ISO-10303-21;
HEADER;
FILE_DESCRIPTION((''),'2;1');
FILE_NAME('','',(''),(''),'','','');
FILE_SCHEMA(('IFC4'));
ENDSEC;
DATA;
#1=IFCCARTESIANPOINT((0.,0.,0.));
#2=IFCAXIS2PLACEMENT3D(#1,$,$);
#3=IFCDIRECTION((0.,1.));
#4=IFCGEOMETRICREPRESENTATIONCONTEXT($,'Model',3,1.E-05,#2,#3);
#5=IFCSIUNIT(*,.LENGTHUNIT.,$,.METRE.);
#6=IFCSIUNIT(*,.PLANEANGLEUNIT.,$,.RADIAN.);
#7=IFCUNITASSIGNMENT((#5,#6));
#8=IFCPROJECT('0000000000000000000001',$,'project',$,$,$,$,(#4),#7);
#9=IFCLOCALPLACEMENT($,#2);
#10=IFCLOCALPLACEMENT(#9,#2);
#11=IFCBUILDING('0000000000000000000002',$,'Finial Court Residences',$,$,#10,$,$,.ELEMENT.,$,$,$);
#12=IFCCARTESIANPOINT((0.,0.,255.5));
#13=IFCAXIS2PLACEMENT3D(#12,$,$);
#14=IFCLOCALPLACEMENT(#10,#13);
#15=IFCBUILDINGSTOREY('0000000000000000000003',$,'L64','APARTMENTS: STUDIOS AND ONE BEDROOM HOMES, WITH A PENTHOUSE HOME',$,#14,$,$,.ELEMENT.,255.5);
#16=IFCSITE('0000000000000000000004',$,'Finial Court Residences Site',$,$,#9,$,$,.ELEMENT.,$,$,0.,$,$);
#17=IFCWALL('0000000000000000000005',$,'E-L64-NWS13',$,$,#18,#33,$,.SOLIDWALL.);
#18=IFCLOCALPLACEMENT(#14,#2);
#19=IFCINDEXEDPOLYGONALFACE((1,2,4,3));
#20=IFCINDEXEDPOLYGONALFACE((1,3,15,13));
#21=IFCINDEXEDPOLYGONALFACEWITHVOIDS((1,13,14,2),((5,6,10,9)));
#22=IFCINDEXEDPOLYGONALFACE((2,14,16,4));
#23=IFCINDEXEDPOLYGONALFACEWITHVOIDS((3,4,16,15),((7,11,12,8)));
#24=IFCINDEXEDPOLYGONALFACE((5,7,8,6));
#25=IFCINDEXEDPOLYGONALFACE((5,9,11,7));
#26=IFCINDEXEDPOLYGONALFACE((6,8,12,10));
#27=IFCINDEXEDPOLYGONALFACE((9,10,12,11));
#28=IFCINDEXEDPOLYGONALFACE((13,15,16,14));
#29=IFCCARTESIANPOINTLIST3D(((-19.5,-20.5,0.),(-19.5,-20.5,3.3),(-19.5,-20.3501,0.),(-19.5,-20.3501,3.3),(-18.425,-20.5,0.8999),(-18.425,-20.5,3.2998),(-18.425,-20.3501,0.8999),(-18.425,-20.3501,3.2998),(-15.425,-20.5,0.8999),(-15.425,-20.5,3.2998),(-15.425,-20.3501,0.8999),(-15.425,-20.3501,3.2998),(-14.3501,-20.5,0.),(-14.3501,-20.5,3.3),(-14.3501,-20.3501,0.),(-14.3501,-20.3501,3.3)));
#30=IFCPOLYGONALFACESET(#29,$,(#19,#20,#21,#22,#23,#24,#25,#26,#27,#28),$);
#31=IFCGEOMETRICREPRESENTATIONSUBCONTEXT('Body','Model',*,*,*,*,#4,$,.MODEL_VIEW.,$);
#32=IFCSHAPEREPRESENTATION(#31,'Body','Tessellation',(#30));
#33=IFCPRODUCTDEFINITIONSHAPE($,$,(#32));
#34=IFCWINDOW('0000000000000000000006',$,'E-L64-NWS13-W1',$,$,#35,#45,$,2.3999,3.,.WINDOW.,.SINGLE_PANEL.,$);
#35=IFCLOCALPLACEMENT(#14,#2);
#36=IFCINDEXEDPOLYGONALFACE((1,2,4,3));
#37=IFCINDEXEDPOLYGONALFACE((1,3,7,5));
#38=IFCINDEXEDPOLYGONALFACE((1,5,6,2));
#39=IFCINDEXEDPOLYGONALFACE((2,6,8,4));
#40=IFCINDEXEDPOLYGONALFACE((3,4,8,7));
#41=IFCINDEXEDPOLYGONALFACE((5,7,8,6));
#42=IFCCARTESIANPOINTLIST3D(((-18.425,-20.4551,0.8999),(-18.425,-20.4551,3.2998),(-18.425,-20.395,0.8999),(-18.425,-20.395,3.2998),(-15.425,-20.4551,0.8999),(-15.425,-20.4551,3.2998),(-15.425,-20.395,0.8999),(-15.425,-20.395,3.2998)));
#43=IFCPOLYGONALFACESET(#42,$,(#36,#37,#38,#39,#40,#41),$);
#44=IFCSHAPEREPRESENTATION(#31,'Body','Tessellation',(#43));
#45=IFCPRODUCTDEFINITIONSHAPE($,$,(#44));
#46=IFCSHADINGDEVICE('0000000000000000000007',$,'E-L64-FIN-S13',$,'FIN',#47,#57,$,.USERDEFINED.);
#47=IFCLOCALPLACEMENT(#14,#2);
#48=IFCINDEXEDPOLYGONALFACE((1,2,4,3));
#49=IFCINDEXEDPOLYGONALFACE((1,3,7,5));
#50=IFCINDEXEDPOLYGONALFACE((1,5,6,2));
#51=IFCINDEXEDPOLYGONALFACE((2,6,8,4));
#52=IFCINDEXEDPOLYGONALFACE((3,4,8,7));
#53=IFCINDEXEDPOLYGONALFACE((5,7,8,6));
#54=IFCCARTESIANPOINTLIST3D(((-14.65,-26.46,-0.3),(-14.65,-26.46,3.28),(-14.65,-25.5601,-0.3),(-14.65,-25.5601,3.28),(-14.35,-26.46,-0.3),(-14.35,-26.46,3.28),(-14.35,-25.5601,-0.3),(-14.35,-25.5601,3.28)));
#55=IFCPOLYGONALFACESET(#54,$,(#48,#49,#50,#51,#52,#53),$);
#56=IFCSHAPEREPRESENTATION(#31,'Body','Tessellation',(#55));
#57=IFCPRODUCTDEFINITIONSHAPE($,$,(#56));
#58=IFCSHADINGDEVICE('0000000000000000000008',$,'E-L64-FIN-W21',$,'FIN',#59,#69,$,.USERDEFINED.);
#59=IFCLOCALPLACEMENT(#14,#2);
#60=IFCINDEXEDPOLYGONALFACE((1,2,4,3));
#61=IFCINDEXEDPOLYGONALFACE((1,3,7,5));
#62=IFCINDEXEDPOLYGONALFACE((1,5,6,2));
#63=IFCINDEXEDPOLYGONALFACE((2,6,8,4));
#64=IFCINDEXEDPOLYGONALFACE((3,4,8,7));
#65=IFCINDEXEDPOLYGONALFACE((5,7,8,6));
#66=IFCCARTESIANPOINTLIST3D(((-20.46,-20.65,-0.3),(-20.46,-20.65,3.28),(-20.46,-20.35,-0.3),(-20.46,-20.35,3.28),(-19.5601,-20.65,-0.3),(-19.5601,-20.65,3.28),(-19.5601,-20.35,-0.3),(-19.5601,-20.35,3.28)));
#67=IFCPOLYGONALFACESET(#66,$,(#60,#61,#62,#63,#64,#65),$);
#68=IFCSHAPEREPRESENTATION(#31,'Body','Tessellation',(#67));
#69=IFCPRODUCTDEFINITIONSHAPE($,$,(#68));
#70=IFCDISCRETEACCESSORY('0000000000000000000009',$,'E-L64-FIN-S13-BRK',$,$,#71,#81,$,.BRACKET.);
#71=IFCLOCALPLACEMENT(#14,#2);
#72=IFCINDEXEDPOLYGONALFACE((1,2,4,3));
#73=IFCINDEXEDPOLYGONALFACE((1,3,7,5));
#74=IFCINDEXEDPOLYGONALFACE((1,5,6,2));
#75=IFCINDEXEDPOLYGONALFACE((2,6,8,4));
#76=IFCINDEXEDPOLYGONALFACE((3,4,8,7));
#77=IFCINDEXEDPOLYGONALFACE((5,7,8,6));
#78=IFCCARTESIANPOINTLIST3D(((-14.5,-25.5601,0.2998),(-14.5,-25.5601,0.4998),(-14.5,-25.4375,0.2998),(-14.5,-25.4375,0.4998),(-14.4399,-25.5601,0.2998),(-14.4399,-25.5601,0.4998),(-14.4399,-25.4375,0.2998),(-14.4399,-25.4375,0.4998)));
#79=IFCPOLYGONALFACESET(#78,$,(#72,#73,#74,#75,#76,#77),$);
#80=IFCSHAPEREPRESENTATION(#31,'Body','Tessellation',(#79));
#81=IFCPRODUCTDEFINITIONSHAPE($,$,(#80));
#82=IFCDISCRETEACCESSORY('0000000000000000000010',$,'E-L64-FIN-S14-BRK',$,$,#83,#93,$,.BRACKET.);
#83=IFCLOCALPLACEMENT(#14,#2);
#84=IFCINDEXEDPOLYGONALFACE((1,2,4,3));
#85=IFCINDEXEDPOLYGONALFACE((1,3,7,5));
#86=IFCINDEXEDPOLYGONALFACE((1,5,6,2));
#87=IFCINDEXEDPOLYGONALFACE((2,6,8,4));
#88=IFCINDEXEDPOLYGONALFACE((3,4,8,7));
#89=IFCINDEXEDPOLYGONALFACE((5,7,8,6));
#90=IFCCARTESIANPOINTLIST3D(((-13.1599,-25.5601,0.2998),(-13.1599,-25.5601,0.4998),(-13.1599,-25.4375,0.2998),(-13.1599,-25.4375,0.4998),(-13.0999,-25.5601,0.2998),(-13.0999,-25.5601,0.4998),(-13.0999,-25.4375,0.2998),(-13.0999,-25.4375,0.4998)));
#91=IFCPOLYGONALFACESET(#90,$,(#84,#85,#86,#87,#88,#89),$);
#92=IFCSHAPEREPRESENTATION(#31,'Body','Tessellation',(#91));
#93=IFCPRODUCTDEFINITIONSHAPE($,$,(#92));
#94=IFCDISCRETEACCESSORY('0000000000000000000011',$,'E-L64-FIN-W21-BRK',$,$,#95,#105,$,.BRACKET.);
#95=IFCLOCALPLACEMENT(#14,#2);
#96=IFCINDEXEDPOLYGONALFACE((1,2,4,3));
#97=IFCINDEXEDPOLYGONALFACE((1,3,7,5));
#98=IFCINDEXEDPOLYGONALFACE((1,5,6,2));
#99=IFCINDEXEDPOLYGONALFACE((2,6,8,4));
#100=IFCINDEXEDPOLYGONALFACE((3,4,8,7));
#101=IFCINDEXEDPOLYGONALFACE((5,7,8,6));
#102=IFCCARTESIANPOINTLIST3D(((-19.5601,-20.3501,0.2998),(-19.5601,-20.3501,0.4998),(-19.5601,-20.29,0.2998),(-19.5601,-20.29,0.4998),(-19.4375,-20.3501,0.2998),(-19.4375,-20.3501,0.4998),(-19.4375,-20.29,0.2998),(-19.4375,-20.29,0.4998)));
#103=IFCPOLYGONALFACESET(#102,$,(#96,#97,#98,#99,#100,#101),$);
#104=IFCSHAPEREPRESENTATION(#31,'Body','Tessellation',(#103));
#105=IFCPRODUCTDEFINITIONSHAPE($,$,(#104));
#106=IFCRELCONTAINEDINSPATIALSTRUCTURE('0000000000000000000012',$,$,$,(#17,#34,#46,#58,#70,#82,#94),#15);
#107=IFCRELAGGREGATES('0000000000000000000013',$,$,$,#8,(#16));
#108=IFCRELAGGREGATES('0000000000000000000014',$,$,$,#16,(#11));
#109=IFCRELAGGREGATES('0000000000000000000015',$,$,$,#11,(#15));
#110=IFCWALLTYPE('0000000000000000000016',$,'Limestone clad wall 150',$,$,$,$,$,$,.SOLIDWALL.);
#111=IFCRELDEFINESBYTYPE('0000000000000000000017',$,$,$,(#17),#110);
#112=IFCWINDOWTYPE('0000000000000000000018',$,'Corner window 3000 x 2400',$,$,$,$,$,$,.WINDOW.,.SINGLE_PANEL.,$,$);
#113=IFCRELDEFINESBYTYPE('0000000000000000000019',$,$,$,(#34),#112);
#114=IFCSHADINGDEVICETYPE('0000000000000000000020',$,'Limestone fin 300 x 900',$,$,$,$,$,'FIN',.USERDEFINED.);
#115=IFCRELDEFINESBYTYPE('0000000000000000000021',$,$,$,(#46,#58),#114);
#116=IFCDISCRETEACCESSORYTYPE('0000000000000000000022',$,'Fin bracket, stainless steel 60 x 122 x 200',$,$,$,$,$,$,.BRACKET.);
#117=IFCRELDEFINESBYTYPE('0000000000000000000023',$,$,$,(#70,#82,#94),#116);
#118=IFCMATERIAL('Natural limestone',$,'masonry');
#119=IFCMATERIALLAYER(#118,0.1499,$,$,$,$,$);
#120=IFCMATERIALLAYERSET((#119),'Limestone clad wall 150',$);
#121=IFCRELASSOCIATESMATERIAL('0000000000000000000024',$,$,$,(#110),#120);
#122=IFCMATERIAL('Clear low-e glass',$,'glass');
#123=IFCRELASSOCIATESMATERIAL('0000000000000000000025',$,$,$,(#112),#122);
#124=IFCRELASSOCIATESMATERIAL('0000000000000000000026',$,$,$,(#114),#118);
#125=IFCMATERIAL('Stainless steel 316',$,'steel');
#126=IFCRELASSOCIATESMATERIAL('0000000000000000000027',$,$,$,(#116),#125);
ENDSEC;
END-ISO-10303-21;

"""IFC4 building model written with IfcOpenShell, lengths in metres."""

from ifc_helpers import new_model, si_unit, direction, frame, frame_2d, origin, origin_2d, place, context, subcontext, project, spatial, rectangle, extrude, material, layer, layer_set, type_object, element, fill, save


model = new_model("IFC4")

# Units and contexts
model_context = context("Model", 3, precision=1e-05, world=origin(), true_north=direction((0.0, 1.0)))
body_context = subcontext(model_context, "Body", "Model", "MODEL_VIEW")
ifc_project = project(units=[si_unit("LENGTHUNIT", "METRE"), si_unit("PLANEANGLEUNIT", "RADIAN")], contexts=[model_context])

# Site, building, storey
site_placement = place(None, origin())
site = spatial("IfcSite", under=ifc_project, at=site_placement, Name="Finial Court Residences Site", CompositionType="ELEMENT", RefElevation=0.0)
building_placement = place(site_placement, origin())
building = spatial("IfcBuilding", under=site, at=building_placement, Name="Finial Court Residences", CompositionType="ELEMENT")
storey_placement = place(building_placement, frame((0.0, 0.0, 255.5)))
storey = spatial("IfcBuildingStorey", under=building, at=storey_placement, Name="L64", Description="APARTMENTS: STUDIOS AND ONE BEDROOM HOMES, WITH A PENTHOUSE HOME", CompositionType="ELEMENT", Elevation=255.5)

# Shared definitions
ifc_material_1 = material(Name="Clear low-e glass", Category="glass")

# Wall, opening, window
ifc_material_2 = material(Name="Natural limestone", Category="masonry")
ifc_layer_1 = layer(ifc_material_2, 0.1499)
ifc_layer_set_1 = layer_set([ifc_layer_1], Name="Limestone clad wall 150")
wall_type_1 = type_object("IfcWallType", Name="Limestone clad wall 150", PredefinedType="SOLIDWALL", material=ifc_layer_set_1)
window_type = type_object("IfcWindowType", Name="Corner window 3000 x 2400", PartitioningType="SINGLE_PANEL", PredefinedType="WINDOW", material=ifc_material_1)
wall_1_placement = place(storey_placement, frame((-14.3501, -20.425, 0.0), z_axis=(0.0, 0.0, 1.0), x_axis=(-1.0, 0.0, 0.0)))
wall_1 = element("IfcWall", 1, at=wall_1_placement, inside=storey, type_object=wall_type_1, Name="E-L64-NWS13", PredefinedType="SOLIDWALL", context=body_context, shape_type="SweptSolid", body=[
    extrude(rectangle(XDim=5.1499, YDim=0.1499, at=frame_2d((2.575, 0.0))), origin(), (0.0, 0.0, 1.0), 3.3),
])
opening_1_placement = place(wall_1_placement, frame((1.075, 0.0, 0.8999)))
opening_1 = element("IfcOpeningElement", 2, at=opening_1_placement, cuts=wall_1, PredefinedType="OPENING", context=body_context, shape_type="SweptSolid", body=[
    extrude(rectangle(XDim=3.0, YDim=2.3999, at=frame_2d((1.5, 1.2))), frame((0.0, 0.085, 0.0), z_axis=(0.0, -1.0, 0.0), x_axis=(1.0, 0.0, 0.0)), (0.0, 0.0, 1.0), 0.1699),
])
window_1_placement = place(opening_1_placement, origin())
window_1 = element("IfcWindow", 3, at=window_1_placement, inside=storey, type_object=window_type, Name="E-L64-NWS13-W1", OverallHeight=2.3999, OverallWidth=3.0, PartitioningType="SINGLE_PANEL", PredefinedType="WINDOW", context=body_context, shape_type="SweptSolid", body=[
    extrude(rectangle(XDim=3.0, YDim=2.3999, at=frame_2d((1.5, 1.2))), frame((0.0, 0.03, 0.0), z_axis=(0.0, -1.0, 0.0), x_axis=(1.0, 0.0, 0.0)), (0.0, 0.0, 1.0), 0.0601),
])
fill(opening_1, window_1)

# Shading devices
shading_device_type = type_object("IfcShadingDeviceType", Name="Limestone fin 300 x 900", ElementType="FIN", PredefinedType="USERDEFINED", material=ifc_material_2)
shading_device_1_placement = place(storey_placement, frame((-14.5, -26.01, -0.3), z_axis=(0.0, 0.0, 1.0), x_axis=(1.0, 0.0, 0.0)))
element("IfcShadingDevice", 4, at=shading_device_1_placement, inside=storey, type_object=shading_device_type, Name="E-L64-FIN-S13", ObjectType="FIN", PredefinedType="USERDEFINED", context=body_context, shape_type="SweptSolid", body=[
    extrude(rectangle(XDim=0.3, YDim=0.8999, at=origin_2d()), origin(), (0.0, 0.0, 1.0), 3.5801),
])
shading_device_2_placement = place(storey_placement, frame((-20.01, -20.5, -0.3), z_axis=(0.0, 0.0, 1.0), x_axis=(1.0, 0.0, 0.0)))
element("IfcShadingDevice", 5, at=shading_device_2_placement, inside=storey, type_object=shading_device_type, Name="E-L64-FIN-W21", ObjectType="FIN", PredefinedType="USERDEFINED", context=body_context, shape_type="SweptSolid", body=[
    extrude(rectangle(XDim=0.8999, YDim=0.3, at=origin_2d()), origin(), (0.0, 0.0, 1.0), 3.5801),
])

# Discrete accessories
ifc_material_3 = material(Name="Stainless steel 316", Category="steel")
discrete_accessory_type = type_object("IfcDiscreteAccessoryType", Name="Fin bracket, stainless steel 60 x 122 x 200", PredefinedType="BRACKET", material=ifc_material_3)
for number, where, z_axis, x_axis, name in (
    (6, (-14.47, -25.4988, 0.2998), (0.0, 0.0, 1.0), (1.0, 0.0, 0.0), "E-L64-FIN-S13-BRK"),
    (7, (-13.1299, -25.4988, 0.2998), (0.0, 0.0, 1.0), (1.0, 0.0, 0.0), "E-L64-FIN-S14-BRK"),
):
    element("IfcDiscreteAccessory", number, at=place(storey_placement, frame(where, z_axis=z_axis, x_axis=x_axis)), inside=storey, type_object=discrete_accessory_type, Name=name, PredefinedType="BRACKET", context=body_context, shape_type="SweptSolid", body=[
        extrude(rectangle(XDim=0.0601, YDim=0.1226, at=origin_2d()), origin(), (0.0, 0.0, 1.0), 0.2),
    ])
discrete_accessory_placement = place(storey_placement, frame((-19.4988, -20.3201, 0.2998), z_axis=(0.0, 0.0, 1.0), x_axis=(1.0, 0.0, 0.0)))
element("IfcDiscreteAccessory", 8, at=discrete_accessory_placement, inside=storey, type_object=discrete_accessory_type, Name="E-L64-FIN-W21-BRK", PredefinedType="BRACKET", context=body_context, shape_type="SweptSolid", body=[
    extrude(rectangle(XDim=0.1226, YDim=0.0601, at=origin_2d()), origin(), (0.0, 0.0, 1.0), 0.2),
])

save(model, "model.ifc")
